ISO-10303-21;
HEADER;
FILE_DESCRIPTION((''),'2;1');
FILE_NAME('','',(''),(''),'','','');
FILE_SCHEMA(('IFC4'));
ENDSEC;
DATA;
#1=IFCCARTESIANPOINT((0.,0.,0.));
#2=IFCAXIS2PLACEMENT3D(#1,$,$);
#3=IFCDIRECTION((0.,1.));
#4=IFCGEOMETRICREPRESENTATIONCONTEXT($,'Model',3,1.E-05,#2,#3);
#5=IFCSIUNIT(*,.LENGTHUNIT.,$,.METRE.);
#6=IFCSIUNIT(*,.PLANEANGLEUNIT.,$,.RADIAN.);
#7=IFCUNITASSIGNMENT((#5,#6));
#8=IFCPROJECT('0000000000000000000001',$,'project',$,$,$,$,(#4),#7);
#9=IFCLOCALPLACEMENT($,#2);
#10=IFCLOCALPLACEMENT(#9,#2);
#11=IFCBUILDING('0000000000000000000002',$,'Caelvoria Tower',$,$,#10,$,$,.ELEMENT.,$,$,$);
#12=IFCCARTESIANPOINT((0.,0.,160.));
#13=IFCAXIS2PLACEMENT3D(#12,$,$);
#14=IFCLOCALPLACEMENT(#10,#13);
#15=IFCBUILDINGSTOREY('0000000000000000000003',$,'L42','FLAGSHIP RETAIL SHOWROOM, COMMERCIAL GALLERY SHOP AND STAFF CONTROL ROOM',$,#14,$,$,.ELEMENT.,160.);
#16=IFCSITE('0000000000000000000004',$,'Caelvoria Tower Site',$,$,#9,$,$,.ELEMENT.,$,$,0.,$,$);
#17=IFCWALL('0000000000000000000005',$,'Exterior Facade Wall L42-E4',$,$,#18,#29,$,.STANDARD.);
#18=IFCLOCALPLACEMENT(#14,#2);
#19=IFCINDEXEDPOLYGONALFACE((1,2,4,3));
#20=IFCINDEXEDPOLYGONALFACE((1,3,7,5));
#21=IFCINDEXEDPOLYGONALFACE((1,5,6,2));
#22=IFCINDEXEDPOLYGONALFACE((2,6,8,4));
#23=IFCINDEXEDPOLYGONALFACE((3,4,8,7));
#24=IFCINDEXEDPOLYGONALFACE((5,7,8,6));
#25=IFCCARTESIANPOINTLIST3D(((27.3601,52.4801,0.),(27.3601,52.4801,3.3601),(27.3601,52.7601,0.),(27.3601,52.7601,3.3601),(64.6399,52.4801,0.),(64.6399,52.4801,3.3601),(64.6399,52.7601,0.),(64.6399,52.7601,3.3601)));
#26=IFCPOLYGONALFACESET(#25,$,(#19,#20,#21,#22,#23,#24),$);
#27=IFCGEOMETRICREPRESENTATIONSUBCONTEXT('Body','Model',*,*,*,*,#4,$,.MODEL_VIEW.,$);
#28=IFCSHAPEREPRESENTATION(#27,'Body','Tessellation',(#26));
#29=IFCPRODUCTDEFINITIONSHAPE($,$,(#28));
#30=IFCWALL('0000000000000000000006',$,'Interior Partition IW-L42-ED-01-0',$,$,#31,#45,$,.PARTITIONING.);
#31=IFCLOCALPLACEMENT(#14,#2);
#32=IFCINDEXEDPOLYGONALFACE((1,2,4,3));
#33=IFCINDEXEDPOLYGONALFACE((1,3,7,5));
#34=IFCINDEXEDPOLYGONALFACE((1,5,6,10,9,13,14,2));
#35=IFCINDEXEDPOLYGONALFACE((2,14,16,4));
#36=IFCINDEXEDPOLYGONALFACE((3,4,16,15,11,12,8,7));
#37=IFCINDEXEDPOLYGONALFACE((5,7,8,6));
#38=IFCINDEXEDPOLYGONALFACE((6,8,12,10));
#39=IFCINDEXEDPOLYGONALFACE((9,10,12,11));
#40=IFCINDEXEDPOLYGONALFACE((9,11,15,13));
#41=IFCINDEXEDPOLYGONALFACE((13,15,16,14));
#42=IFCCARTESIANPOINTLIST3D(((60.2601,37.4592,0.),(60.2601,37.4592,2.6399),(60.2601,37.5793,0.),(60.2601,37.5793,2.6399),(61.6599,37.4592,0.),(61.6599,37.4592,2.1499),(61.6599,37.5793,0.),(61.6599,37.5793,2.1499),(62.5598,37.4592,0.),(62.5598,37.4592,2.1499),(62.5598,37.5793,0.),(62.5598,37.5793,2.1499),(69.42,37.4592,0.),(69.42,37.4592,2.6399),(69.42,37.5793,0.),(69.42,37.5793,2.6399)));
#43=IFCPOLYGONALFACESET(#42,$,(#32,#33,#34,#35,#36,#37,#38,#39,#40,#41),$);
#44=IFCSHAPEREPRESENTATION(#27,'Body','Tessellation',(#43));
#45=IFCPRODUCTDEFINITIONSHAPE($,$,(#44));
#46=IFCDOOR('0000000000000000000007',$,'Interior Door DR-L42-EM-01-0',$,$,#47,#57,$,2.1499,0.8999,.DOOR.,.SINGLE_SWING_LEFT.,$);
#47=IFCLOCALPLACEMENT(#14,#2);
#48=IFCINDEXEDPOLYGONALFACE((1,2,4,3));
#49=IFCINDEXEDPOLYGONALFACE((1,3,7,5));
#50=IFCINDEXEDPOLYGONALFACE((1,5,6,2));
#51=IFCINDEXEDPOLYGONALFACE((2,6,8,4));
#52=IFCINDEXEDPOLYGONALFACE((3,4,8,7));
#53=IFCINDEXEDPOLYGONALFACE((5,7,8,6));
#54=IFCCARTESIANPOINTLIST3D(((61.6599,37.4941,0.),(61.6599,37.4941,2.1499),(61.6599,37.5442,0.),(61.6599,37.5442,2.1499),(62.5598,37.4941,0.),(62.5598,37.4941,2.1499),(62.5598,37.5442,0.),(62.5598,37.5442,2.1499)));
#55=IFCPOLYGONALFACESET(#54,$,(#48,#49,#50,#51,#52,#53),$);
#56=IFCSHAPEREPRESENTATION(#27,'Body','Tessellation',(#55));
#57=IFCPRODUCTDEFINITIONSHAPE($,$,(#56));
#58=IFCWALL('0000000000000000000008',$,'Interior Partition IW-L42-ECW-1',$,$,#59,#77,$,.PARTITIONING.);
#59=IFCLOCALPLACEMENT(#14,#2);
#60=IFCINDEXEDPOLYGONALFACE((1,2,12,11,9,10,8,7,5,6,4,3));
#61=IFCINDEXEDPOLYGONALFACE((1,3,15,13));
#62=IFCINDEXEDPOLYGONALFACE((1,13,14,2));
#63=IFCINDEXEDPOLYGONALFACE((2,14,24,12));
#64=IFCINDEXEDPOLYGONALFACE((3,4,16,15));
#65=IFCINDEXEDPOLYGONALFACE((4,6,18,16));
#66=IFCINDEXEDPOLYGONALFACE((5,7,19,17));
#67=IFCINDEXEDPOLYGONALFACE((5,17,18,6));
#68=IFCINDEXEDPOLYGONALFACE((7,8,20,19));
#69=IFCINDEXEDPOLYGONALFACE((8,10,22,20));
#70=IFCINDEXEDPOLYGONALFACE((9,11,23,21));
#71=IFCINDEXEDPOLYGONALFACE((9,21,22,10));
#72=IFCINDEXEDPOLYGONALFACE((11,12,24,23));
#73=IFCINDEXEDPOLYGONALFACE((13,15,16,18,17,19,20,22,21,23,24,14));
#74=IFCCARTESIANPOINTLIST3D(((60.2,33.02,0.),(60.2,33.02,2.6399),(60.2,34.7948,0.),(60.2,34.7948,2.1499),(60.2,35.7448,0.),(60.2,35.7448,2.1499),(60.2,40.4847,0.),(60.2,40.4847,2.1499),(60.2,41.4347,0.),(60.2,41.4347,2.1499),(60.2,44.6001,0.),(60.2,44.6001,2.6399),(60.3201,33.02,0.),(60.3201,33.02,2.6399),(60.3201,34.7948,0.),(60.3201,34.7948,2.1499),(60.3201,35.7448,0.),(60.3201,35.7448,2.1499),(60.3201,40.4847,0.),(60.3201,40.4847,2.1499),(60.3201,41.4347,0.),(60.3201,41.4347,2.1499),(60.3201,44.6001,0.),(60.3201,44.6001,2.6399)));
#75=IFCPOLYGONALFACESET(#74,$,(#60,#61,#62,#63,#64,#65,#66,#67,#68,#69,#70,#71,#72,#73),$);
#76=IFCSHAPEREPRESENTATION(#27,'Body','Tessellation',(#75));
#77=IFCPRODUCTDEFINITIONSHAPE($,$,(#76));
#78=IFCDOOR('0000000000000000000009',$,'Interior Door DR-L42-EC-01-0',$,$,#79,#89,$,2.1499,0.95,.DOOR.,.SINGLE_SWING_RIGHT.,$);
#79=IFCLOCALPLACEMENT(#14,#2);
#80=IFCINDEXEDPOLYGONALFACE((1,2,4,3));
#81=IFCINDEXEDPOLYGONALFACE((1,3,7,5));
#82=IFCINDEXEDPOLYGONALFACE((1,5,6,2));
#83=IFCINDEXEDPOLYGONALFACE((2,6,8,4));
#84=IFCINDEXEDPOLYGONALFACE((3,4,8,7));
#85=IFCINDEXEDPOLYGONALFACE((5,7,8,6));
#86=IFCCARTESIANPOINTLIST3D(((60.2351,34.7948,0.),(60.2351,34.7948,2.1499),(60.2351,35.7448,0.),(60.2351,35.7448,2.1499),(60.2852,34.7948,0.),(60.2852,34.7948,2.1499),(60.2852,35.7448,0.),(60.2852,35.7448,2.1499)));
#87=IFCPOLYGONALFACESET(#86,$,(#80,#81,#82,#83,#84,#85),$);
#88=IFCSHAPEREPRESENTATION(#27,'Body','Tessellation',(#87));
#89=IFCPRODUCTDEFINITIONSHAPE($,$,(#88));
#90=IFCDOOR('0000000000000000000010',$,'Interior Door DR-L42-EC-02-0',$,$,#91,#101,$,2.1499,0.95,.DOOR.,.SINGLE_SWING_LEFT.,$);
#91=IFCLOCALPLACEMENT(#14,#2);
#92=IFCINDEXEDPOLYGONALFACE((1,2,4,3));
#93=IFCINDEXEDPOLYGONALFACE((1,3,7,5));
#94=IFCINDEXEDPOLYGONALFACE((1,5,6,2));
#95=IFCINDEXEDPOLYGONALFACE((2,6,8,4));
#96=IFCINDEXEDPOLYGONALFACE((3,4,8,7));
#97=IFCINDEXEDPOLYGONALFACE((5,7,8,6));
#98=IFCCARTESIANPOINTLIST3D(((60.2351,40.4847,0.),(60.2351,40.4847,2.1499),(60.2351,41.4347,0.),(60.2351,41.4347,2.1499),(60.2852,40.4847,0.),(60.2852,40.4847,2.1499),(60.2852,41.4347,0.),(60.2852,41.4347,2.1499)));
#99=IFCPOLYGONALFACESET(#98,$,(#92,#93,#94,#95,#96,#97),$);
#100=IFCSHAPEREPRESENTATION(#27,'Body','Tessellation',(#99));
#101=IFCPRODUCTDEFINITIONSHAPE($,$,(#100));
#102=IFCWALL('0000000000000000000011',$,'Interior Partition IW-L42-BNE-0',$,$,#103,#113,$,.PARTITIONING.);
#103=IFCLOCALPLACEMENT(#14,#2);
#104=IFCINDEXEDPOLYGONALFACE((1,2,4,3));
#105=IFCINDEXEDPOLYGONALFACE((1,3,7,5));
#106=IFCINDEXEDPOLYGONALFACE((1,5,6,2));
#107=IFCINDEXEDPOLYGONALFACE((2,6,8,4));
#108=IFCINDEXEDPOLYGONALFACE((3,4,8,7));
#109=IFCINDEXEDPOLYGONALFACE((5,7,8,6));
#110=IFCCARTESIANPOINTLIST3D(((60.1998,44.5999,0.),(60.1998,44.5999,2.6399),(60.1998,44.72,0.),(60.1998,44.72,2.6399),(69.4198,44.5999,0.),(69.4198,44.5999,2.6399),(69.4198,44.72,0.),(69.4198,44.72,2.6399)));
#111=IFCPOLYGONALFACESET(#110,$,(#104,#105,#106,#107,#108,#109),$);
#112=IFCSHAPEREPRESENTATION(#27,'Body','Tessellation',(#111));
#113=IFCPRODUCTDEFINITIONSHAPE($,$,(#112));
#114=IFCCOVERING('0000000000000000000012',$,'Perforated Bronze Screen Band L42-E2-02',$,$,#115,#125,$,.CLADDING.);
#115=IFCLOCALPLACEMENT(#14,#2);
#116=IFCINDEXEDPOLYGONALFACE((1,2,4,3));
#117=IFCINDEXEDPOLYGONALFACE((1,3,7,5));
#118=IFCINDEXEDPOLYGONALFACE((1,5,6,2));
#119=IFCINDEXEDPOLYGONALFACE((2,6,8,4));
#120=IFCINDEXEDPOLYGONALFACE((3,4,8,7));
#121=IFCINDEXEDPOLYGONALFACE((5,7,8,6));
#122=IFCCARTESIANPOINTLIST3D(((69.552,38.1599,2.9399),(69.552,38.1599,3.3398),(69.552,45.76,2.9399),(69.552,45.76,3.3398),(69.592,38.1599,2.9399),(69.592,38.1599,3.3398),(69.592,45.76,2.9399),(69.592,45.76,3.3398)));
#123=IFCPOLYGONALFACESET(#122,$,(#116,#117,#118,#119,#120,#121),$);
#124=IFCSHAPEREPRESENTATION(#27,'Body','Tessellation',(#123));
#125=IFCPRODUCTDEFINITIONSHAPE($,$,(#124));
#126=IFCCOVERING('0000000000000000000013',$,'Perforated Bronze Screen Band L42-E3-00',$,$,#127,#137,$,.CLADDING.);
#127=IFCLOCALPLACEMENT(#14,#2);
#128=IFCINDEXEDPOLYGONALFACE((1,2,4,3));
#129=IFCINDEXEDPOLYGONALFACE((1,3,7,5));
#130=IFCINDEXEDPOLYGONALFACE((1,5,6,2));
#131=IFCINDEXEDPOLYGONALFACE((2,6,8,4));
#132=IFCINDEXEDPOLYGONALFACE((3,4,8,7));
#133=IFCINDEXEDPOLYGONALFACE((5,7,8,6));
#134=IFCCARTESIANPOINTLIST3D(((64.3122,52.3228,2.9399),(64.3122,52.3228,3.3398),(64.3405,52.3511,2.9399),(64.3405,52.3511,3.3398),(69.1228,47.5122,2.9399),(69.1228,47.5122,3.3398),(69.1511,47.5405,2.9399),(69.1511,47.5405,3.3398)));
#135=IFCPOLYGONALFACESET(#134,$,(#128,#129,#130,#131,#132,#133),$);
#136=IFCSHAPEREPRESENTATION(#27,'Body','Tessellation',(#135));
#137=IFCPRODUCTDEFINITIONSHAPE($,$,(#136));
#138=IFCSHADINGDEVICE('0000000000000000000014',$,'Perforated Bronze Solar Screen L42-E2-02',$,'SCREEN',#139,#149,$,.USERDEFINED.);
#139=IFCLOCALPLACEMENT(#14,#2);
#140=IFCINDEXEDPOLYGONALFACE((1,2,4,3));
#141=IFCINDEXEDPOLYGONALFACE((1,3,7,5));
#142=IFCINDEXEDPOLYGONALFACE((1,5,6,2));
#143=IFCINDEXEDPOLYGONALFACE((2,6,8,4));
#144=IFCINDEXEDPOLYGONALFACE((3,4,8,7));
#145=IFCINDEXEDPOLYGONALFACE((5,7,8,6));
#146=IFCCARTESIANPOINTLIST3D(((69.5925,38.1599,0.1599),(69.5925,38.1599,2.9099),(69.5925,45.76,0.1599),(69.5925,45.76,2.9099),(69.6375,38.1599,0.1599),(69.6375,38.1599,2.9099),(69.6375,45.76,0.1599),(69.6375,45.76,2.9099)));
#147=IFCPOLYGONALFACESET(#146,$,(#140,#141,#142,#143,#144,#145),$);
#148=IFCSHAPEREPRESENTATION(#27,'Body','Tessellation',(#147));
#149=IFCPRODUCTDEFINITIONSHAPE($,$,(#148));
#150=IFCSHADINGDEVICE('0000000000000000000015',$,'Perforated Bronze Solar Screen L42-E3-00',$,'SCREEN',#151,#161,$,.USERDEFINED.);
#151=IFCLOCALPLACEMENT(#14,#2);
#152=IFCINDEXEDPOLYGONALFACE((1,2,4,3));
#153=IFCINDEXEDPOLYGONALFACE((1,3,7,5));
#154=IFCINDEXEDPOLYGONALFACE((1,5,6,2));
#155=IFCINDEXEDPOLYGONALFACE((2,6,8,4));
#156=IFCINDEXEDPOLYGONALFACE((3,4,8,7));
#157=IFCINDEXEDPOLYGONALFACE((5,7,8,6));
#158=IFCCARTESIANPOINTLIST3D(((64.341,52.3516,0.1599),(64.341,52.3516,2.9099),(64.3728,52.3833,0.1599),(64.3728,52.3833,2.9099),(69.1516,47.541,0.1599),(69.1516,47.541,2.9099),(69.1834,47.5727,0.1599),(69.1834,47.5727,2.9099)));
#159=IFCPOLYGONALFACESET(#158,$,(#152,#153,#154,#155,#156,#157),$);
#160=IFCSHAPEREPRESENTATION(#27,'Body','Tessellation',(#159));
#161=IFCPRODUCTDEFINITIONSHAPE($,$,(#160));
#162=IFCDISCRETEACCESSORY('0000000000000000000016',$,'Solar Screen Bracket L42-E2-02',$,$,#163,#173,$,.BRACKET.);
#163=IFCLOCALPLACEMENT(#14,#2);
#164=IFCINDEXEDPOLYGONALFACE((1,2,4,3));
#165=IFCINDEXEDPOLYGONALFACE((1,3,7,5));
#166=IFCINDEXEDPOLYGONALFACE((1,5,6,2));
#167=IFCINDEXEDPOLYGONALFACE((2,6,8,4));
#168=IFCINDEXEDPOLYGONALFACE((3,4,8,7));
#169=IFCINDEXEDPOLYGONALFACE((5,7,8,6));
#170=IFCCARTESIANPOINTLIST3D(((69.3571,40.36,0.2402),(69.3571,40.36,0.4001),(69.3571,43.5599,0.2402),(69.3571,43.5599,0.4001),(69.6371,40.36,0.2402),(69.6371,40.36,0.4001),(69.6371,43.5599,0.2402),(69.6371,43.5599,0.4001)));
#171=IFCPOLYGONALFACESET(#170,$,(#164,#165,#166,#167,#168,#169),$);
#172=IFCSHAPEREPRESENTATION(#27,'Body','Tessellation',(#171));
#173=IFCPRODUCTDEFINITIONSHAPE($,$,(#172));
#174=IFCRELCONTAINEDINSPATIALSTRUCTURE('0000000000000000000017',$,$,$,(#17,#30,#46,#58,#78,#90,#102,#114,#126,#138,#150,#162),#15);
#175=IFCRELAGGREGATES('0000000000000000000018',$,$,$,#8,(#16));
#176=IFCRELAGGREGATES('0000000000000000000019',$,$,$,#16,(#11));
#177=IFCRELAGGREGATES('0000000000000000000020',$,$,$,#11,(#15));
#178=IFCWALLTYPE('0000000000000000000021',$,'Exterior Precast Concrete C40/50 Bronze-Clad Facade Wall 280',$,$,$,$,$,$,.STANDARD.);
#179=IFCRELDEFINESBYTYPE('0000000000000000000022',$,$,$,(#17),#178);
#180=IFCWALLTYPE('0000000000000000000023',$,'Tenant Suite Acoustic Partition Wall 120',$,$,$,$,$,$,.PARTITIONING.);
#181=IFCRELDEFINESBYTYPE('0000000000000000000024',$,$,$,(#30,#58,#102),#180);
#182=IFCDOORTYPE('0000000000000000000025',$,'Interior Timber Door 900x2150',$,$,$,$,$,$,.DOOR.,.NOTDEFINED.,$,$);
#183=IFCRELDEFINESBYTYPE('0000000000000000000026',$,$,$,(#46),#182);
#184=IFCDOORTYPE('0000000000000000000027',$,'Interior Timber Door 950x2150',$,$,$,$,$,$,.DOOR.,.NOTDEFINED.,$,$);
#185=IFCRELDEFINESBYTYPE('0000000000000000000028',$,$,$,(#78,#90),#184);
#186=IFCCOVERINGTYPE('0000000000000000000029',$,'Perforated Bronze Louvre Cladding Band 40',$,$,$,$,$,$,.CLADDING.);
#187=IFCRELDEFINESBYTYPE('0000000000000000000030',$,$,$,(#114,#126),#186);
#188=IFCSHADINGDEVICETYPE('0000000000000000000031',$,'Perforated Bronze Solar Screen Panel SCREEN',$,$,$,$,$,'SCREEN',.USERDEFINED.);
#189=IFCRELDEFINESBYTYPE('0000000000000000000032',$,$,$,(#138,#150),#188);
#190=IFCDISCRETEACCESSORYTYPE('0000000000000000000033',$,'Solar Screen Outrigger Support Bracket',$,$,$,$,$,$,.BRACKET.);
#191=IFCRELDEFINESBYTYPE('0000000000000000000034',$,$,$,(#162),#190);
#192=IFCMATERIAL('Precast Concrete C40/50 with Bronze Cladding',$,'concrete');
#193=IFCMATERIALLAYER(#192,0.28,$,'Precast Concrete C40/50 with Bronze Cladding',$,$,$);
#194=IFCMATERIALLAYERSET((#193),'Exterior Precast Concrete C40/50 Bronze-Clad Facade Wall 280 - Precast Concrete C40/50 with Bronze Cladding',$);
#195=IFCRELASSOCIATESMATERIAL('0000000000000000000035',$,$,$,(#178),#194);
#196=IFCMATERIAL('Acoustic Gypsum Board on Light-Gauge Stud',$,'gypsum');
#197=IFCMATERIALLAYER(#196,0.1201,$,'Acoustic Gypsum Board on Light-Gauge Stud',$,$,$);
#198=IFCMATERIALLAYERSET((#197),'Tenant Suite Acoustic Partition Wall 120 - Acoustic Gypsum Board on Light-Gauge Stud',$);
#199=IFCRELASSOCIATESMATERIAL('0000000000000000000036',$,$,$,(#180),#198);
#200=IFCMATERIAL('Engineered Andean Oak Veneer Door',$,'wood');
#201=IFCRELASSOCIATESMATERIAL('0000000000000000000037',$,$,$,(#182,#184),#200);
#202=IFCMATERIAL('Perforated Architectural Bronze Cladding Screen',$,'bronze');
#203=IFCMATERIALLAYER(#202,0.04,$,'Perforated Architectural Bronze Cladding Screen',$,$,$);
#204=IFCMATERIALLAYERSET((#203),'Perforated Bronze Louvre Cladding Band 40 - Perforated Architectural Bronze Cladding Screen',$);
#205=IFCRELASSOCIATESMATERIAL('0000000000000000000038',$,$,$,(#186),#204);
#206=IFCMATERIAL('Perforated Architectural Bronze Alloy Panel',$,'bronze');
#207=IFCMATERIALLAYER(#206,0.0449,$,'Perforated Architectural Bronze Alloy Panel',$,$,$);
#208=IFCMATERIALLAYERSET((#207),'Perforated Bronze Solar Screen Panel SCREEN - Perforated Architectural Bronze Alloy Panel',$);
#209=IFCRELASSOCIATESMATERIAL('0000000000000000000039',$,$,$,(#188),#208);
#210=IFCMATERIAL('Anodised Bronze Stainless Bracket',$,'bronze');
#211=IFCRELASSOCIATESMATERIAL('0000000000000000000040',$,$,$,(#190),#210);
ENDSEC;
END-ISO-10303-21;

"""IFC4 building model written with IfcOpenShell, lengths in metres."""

from ifc_helpers import new_model, si_unit, direction, frame, frame_2d, origin, origin_2d, place, context, subcontext, project, spatial, rectangle, extrude, material, layer, layer_set, type_object, element, fill, save


model = new_model("IFC4")

# Units and contexts
model_context = context("Model", 3, precision=1e-05, world=origin(), true_north=direction((0.0, 1.0)))
body_context = subcontext(model_context, "Body", "Model", "MODEL_VIEW")
ifc_project = project(units=[si_unit("LENGTHUNIT", "METRE"), si_unit("PLANEANGLEUNIT", "RADIAN")], contexts=[model_context])

# Site, building, storey
site_placement = place(None, origin())
site = spatial("IfcSite", under=ifc_project, at=site_placement, Name="Caelvoria Tower Site", CompositionType="ELEMENT", RefElevation=0.0)
building_placement = place(site_placement, origin())
building = spatial("IfcBuilding", under=site, at=building_placement, Name="Caelvoria Tower", CompositionType="ELEMENT")
storey_placement = place(building_placement, frame((0.0, 0.0, 160.0)))
storey = spatial("IfcBuildingStorey", under=building, at=storey_placement, Name="L42", Description="FLAGSHIP RETAIL SHOWROOM, COMMERCIAL GALLERY SHOP AND STAFF CONTROL ROOM", CompositionType="ELEMENT", Elevation=160.0)

# Wall
ifc_material_1 = material(Name="Precast Concrete C40/50 with Bronze Cladding", Category="concrete")
ifc_layer_1 = layer(ifc_material_1, 0.28, Name="Precast Concrete C40/50 with Bronze Cladding")
ifc_layer_set_1 = layer_set([ifc_layer_1], Name="Exterior Precast Concrete C40/50 Bronze-Clad Facade Wall 280 - Precast Concrete C40/50 with Bronze Cladding")
wall_type_1 = type_object("IfcWallType", Name="Exterior Precast Concrete C40/50 Bronze-Clad Facade Wall 280", PredefinedType="STANDARD", material=ifc_layer_set_1)
wall_1_placement = place(storey_placement, frame((64.6399, 52.6201, 0.0), z_axis=(0.0, 0.0, 1.0), x_axis=(-1.0, 0.0, 0.0)))
element("IfcWall", 1, at=wall_1_placement, inside=storey, type_object=wall_type_1, Name="Exterior Facade Wall L42-E4", PredefinedType="STANDARD", context=body_context, shape_type="SweptSolid", body=[
    extrude(rectangle(XDim=37.2798, YDim=0.28, at=frame_2d((18.6399, 0.0))), origin(), (0.0, 0.0, 1.0), 3.3601),
])

# Wall, opening, door
ifc_material_2 = material(Name="Acoustic Gypsum Board on Light-Gauge Stud", Category="gypsum")
ifc_layer_2 = layer(ifc_material_2, 0.1201, Name="Acoustic Gypsum Board on Light-Gauge Stud")
ifc_layer_set_2 = layer_set([ifc_layer_2], Name="Tenant Suite Acoustic Partition Wall 120 - Acoustic Gypsum Board on Light-Gauge Stud")
wall_type_2 = type_object("IfcWallType", Name="Tenant Suite Acoustic Partition Wall 120", PredefinedType="PARTITIONING", material=ifc_layer_set_2)
wall_2_placement = place(storey_placement, frame((60.26, 37.5193, 0.0), z_axis=(0.0, 0.0, 1.0), x_axis=(1.0, 0.0, 0.0)))
wall_2 = element("IfcWall", 2, at=wall_2_placement, inside=storey, type_object=wall_type_2, Name="Interior Partition IW-L42-ED-01-0", PredefinedType="PARTITIONING", context=body_context, shape_type="SweptSolid", body=[
    extrude(rectangle(XDim=9.1599, YDim=0.1201, at=frame_2d((4.5801, 0.0))), origin(), (0.0, 0.0, 1.0), 2.6399),
])
opening_1_placement = place(wall_2_placement, frame((1.3999, 0.0, 0.0)))
opening_1 = element("IfcOpeningElement", 3, at=opening_1_placement, cuts=wall_2, PredefinedType="OPENING", context=body_context, shape_type="SweptSolid", body=[
    extrude(rectangle(XDim=0.8999, YDim=2.1499, at=frame_2d((0.45, 1.075))), frame((0.0, 0.0701, 0.0), z_axis=(0.0, -1.0, 0.0), x_axis=(1.0, 0.0, 0.0)), (0.0, 0.0, 1.0), 0.1401),
])
ifc_material_3 = material(Name="Engineered Andean Oak Veneer Door", Category="wood")
door_type_1 = type_object("IfcDoorType", Name="Interior Timber Door 900x2150", OperationType="NOTDEFINED", PredefinedType="DOOR", material=ifc_material_3)
door_1_placement = place(opening_1_placement, origin())
door_1 = element("IfcDoor", 4, at=door_1_placement, inside=storey, type_object=door_type_1, Name="Interior Door DR-L42-EM-01-0", OperationType="SINGLE_SWING_LEFT", OverallHeight=2.1499, OverallWidth=0.8999, PredefinedType="DOOR", context=body_context, shape_type="SweptSolid", body=[
    extrude(rectangle(XDim=0.8999, YDim=2.1499, at=frame_2d((0.45, 1.075))), frame((0.0, 0.0249, 0.0), z_axis=(0.0, -1.0, 0.0), x_axis=(1.0, 0.0, 0.0)), (0.0, 0.0, 1.0), 0.05),
])
fill(opening_1, door_1)

# Wall, openings, doors
wall_3_placement = place(storey_placement, frame((60.26, 33.02, 0.0), z_axis=(0.0, 0.0, 1.0), x_axis=(0.0, 1.0, 0.0)))
wall_3 = element("IfcWall", 5, at=wall_3_placement, inside=storey, type_object=wall_type_2, Name="Interior Partition IW-L42-ECW-1", PredefinedType="PARTITIONING", context=body_context, shape_type="SweptSolid", body=[
    extrude(rectangle(XDim=11.5801, YDim=0.1201, at=frame_2d((5.79, 0.0))), origin(), (0.0, 0.0, 1.0), 2.6399),
])
opening_2_placement = place(wall_3_placement, frame((1.7747, 0.0, 0.0)))
opening_2 = element("IfcOpeningElement", 6, at=opening_2_placement, cuts=wall_3, PredefinedType="OPENING", context=body_context, shape_type="SweptSolid", body=[
    extrude(rectangle(XDim=0.95, YDim=2.1499, at=frame_2d((0.4751, 1.075))), frame((0.0, 0.0701, 0.0), z_axis=(0.0, -1.0, 0.0), x_axis=(1.0, 0.0, 0.0)), (0.0, 0.0, 1.0), 0.1401),
])
opening_3_placement = place(wall_3_placement, frame((7.4646, 0.0, 0.0)))
opening_3 = element("IfcOpeningElement", 7, at=opening_3_placement, cuts=wall_3, PredefinedType="OPENING", context=body_context, shape_type="SweptSolid", body=[
    extrude(rectangle(XDim=0.95, YDim=2.1499, at=frame_2d((0.4751, 1.075))), frame((0.0, 0.0701, 0.0), z_axis=(0.0, -1.0, 0.0), x_axis=(1.0, 0.0, 0.0)), (0.0, 0.0, 1.0), 0.1401),
])
door_type_2 = type_object("IfcDoorType", Name="Interior Timber Door 950x2150", OperationType="NOTDEFINED", PredefinedType="DOOR", material=ifc_material_3)
door_2_placement = place(opening_2_placement, origin())
door_2 = element("IfcDoor", 8, at=door_2_placement, inside=storey, type_object=door_type_2, Name="Interior Door DR-L42-EC-01-0", OperationType="SINGLE_SWING_RIGHT", OverallHeight=2.1499, OverallWidth=0.95, PredefinedType="DOOR", context=body_context, shape_type="SweptSolid", body=[
    extrude(rectangle(XDim=0.95, YDim=2.1499, at=frame_2d((0.4751, 1.075))), frame((0.0, 0.0249, 0.0), z_axis=(0.0, -1.0, 0.0), x_axis=(1.0, 0.0, 0.0)), (0.0, 0.0, 1.0), 0.05),
])
fill(opening_2, door_2)
door_3_placement = place(opening_3_placement, origin())
door_3 = element("IfcDoor", 9, at=door_3_placement, inside=storey, type_object=door_type_2, Name="Interior Door DR-L42-EC-02-0", OperationType="SINGLE_SWING_LEFT", OverallHeight=2.1499, OverallWidth=0.95, PredefinedType="DOOR", context=body_context, shape_type="SweptSolid", body=[
    extrude(rectangle(XDim=0.95, YDim=2.1499, at=frame_2d((0.4751, 1.075))), frame((0.0, 0.0249, 0.0), z_axis=(0.0, -1.0, 0.0), x_axis=(1.0, 0.0, 0.0)), (0.0, 0.0, 1.0), 0.05),
])
fill(opening_3, door_3)

# Wall
wall_4_placement = place(storey_placement, frame((60.2, 44.6599, 0.0), z_axis=(0.0, 0.0, 1.0), x_axis=(1.0, 0.0, 0.0)))
element("IfcWall", 10, at=wall_4_placement, inside=storey, type_object=wall_type_2, Name="Interior Partition IW-L42-BNE-0", PredefinedType="PARTITIONING", context=body_context, shape_type="SweptSolid", body=[
    extrude(rectangle(XDim=9.22, YDim=0.1201, at=frame_2d((4.6099, 0.0))), origin(), (0.0, 0.0, 1.0), 2.6399),
])

# Coverings
ifc_material_4 = material(Name="Perforated Architectural Bronze Cladding Screen", Category="bronze")
ifc_layer_3 = layer(ifc_material_4, 0.04, Name="Perforated Architectural Bronze Cladding Screen")
ifc_layer_set_3 = layer_set([ifc_layer_3], Name="Perforated Bronze Louvre Cladding Band 40 - Perforated Architectural Bronze Cladding Screen")
covering_type = type_object("IfcCoveringType", Name="Perforated Bronze Louvre Cladding Band 40", PredefinedType="CLADDING", material=ifc_layer_set_3)
covering_1_placement = place(storey_placement, frame((69.572, 41.96, 2.9399), z_axis=(0.0, 0.0, 1.0), x_axis=(0.0, 1.0, 0.0)))
element("IfcCovering", 11, at=covering_1_placement, inside=storey, type_object=covering_type, Name="Perforated Bronze Screen Band L42-E2-02", PredefinedType="CLADDING", context=body_context, shape_type="SweptSolid", body=[
    extrude(rectangle(XDim=7.6001, YDim=0.04, at=origin_2d()), origin(), (0.0, 0.0, 1.0), 0.3999),
])
covering_2_placement = place(storey_placement, frame((66.7317, 49.9316, 2.9399), z_axis=(0.0, 0.0, 1.0), x_axis=(-0.707107, 0.707107, 0.0)))
element("IfcCovering", 12, at=covering_2_placement, inside=storey, type_object=covering_type, Name="Perforated Bronze Screen Band L42-E3-00", PredefinedType="CLADDING", context=body_context, shape_type="SweptSolid", body=[
    extrude(rectangle(XDim=6.8032, YDim=0.04, at=origin_2d()), origin(), (0.0, 0.0, 1.0), 0.3999),
])

# Shading devices
ifc_material_5 = material(Name="Perforated Architectural Bronze Alloy Panel", Category="bronze")
ifc_layer_4 = layer(ifc_material_5, 0.0449, Name="Perforated Architectural Bronze Alloy Panel")
ifc_layer_set_4 = layer_set([ifc_layer_4], Name="Perforated Bronze Solar Screen Panel SCREEN - Perforated Architectural Bronze Alloy Panel")
shading_device_type = type_object("IfcShadingDeviceType", Name="Perforated Bronze Solar Screen Panel SCREEN", ElementType="SCREEN", PredefinedType="USERDEFINED", material=ifc_layer_set_4)
shading_device_1_placement = place(storey_placement, frame((69.615, 41.96, 0.1599), z_axis=(0.0, 0.0, 1.0), x_axis=(0.0, 1.0, 0.0)))
element("IfcShadingDevice", 13, at=shading_device_1_placement, inside=storey, type_object=shading_device_type, Name="Perforated Bronze Solar Screen L42-E2-02", ObjectType="SCREEN", PredefinedType="USERDEFINED", context=body_context, shape_type="SweptSolid", body=[
    extrude(rectangle(XDim=7.6001, YDim=0.0449, at=origin_2d()), origin(), (0.0, 0.0, 1.0), 2.75),
])
shading_device_2_placement = place(storey_placement, frame((66.7622, 49.9622, 0.1599), z_axis=(0.0, 0.0, 1.0), x_axis=(-0.707107, 0.707107, 0.0)))
element("IfcShadingDevice", 14, at=shading_device_2_placement, inside=storey, type_object=shading_device_type, Name="Perforated Bronze Solar Screen L42-E3-00", ObjectType="SCREEN", PredefinedType="USERDEFINED", context=body_context, shape_type="SweptSolid", body=[
    extrude(rectangle(XDim=6.8032, YDim=0.0449, at=origin_2d()), origin(), (0.0, 0.0, 1.0), 2.75),
])

# Discrete accessory
ifc_material_6 = material(Name="Anodised Bronze Stainless Bracket", Category="bronze")
discrete_accessory_type = type_object("IfcDiscreteAccessoryType", Name="Solar Screen Outrigger Support Bracket", PredefinedType="BRACKET", material=ifc_material_6)
for number, where, z_axis, x_axis, name in (
    (15, (69.4971, 41.96, 0.2402), (0.0, 0.0, 1.0), (0.0, 1.0, 0.0), "Solar Screen Bracket L42-E2-02"),
):
    element("IfcDiscreteAccessory", number, at=place(storey_placement, frame(where, z_axis=z_axis, x_axis=x_axis)), inside=storey, type_object=discrete_accessory_type, Name=name, PredefinedType="BRACKET", context=body_context, shape_type="SweptSolid", body=[
        extrude(rectangle(XDim=3.2, YDim=0.28, at=origin_2d()), origin(), (0.0, 0.0, 1.0), 0.1599),
    ])

save(model, "model.ifc")
